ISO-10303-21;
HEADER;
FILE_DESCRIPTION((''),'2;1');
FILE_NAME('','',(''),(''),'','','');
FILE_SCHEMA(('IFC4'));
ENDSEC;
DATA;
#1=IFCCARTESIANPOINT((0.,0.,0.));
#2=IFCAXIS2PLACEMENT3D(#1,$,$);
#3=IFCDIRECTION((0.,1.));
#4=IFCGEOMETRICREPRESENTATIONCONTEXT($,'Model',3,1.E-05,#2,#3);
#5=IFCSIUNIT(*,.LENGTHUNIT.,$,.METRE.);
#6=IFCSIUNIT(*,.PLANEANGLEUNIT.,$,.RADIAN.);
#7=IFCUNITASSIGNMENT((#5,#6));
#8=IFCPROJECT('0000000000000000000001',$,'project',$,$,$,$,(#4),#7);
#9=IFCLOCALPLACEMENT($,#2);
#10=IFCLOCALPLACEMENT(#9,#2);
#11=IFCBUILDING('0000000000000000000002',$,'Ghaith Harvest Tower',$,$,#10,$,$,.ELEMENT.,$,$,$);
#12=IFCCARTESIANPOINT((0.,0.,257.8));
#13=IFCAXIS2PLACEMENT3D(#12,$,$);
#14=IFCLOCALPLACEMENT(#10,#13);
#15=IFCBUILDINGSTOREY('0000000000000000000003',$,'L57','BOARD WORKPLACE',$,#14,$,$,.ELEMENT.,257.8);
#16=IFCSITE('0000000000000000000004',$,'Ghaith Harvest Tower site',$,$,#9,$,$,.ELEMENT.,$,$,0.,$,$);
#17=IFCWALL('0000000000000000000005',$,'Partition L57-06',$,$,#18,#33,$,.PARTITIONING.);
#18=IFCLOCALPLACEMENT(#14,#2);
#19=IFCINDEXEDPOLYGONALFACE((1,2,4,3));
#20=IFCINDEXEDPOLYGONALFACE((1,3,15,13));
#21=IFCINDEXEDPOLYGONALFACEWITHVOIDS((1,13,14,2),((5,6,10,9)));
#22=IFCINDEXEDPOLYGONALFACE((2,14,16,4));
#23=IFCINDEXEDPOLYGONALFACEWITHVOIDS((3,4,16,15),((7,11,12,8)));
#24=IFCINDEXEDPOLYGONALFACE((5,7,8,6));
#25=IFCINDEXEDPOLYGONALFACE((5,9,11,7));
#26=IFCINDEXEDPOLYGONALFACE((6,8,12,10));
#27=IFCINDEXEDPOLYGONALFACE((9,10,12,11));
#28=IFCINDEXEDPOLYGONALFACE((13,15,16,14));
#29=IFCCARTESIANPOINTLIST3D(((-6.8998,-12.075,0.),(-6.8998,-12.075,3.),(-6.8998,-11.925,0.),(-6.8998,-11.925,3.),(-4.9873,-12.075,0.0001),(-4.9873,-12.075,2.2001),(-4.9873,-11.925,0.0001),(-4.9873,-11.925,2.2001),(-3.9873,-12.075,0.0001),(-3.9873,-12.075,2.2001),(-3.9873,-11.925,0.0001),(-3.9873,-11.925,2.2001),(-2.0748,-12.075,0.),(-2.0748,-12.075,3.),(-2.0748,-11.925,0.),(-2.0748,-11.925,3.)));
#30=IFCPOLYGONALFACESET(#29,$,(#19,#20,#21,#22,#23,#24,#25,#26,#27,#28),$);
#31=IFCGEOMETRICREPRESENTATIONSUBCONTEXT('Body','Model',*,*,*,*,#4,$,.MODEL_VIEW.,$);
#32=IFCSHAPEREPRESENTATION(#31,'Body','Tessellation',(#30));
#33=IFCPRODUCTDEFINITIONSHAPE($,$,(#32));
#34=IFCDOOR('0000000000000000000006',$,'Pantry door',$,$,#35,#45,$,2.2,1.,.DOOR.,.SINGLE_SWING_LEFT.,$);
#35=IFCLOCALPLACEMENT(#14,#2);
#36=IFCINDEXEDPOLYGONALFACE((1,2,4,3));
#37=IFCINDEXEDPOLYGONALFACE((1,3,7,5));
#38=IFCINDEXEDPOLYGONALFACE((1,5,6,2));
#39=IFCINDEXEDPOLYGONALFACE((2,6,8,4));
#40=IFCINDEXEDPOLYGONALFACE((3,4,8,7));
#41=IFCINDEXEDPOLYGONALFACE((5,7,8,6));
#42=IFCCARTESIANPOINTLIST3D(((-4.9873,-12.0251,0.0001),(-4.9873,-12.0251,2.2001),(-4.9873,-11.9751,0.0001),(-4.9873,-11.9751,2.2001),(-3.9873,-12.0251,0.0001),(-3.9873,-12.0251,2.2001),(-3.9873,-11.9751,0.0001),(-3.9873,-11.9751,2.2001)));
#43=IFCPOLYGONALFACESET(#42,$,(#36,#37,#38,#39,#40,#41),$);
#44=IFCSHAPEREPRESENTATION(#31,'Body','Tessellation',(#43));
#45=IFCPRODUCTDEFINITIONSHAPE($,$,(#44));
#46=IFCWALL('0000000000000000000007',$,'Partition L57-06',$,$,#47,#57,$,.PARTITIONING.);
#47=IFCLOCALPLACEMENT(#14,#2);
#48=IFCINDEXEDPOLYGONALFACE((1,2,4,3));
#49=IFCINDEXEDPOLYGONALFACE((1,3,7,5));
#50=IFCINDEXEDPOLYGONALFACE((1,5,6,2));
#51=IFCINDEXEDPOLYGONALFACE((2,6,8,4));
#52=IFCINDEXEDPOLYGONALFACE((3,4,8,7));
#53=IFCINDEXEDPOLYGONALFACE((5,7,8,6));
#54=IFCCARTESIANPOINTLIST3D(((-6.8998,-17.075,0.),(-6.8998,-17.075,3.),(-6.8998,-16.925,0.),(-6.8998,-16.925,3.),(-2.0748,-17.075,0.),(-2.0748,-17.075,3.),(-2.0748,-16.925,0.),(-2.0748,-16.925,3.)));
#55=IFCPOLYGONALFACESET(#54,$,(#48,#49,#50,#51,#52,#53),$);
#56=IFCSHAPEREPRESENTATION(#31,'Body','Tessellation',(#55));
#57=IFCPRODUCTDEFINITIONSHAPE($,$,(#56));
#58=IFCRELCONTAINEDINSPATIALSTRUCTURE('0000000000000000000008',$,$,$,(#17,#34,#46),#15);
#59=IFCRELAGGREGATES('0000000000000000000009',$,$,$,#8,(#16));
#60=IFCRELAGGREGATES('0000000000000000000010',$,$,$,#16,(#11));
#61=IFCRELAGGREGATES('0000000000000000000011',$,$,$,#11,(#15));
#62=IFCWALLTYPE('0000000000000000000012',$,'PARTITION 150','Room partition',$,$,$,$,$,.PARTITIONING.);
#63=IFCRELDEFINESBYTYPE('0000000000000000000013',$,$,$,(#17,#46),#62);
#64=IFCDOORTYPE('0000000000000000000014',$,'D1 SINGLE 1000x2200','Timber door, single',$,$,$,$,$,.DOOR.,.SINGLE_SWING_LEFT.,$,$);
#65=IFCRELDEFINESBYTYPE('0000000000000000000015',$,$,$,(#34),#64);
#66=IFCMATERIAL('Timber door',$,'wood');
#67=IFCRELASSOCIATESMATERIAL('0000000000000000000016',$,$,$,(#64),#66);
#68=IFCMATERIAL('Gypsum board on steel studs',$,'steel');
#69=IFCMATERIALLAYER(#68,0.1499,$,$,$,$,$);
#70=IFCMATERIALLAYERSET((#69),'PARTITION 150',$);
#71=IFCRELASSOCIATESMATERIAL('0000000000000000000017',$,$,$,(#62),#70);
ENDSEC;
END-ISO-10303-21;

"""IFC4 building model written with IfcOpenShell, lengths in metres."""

from ifc_helpers import new_model, si_unit, direction, frame, frame_2d, origin, place, context, subcontext, project, spatial, rectangle, extrude, material, layer, layer_set, type_object, element, fill, save


model = new_model("IFC4")

# Units and contexts
model_context = context("Model", 3, precision=1e-05, world=origin(), true_north=direction((0.0, 1.0)))
body_context = subcontext(model_context, "Body", "Model", "MODEL_VIEW")
ifc_project = project(units=[si_unit("LENGTHUNIT", "METRE"), si_unit("PLANEANGLEUNIT", "RADIAN")], contexts=[model_context])

# Site, building, storey
site_placement = place(None, origin())
site = spatial("IfcSite", under=ifc_project, at=site_placement, Name="Ghaith Harvest Tower site", CompositionType="ELEMENT", RefElevation=0.0)
building_placement = place(site_placement, origin())
building = spatial("IfcBuilding", under=site, at=building_placement, Name="Ghaith Harvest Tower", CompositionType="ELEMENT")
storey_placement = place(building_placement, frame((0.0, 0.0, 257.8)))
storey = spatial("IfcBuildingStorey", under=building, at=storey_placement, Name="L57", Description="BOARD WORKPLACE", CompositionType="ELEMENT", Elevation=257.8)

# Shared definitions
ifc_material_1 = material(Name="Timber door", Category="wood")
door_type = type_object("IfcDoorType", Name="D1 SINGLE 1000x2200", Description="Timber door, single", OperationType="SINGLE_SWING_LEFT", PredefinedType="DOOR", material=ifc_material_1)

# Shared definitions
ifc_material_2 = material(Name="Gypsum board on steel studs", Category="steel")
ifc_layer_1 = layer(ifc_material_2, 0.1499)
ifc_layer_set_1 = layer_set([ifc_layer_1], Name="PARTITION 150")
wall_type_1 = type_object("IfcWallType", Name="PARTITION 150", Description="Room partition", PredefinedType="PARTITIONING", material=ifc_layer_set_1)

# Wall, opening, door
wall_1_placement = place(storey_placement, frame((-6.8999, -12.0, 0.0), z_axis=(0.0, 0.0, 1.0), x_axis=(1.0, 0.0, 0.0)))
wall_1 = element("IfcWall", 1, at=wall_1_placement, inside=storey, type_object=wall_type_1, Name="Partition L57-06", PredefinedType="PARTITIONING", context=body_context, shape_type="SweptSolid", body=[
    extrude(rectangle(XDim=4.825, YDim=0.1499, at=frame_2d((2.4126, 0.0))), origin(), (0.0, 0.0, 1.0), 3.0),
])
opening_1_placement = place(wall_1_placement, frame((1.9126, 0.0, 0.0)))
opening_1 = element("IfcOpeningElement", 2, at=opening_1_placement, cuts=wall_1, PredefinedType="OPENING", context=body_context, shape_type="SweptSolid", body=[
    extrude(rectangle(XDim=1.0, YDim=2.2, at=frame_2d((0.5, 1.1001))), frame((0.0, 0.085, 0.0), z_axis=(0.0, -1.0, 0.0), x_axis=(1.0, 0.0, 0.0)), (0.0, 0.0, 1.0), 0.1699),
])
door_1_placement = place(opening_1_placement, origin())
door_1 = element("IfcDoor", 3, at=door_1_placement, inside=storey, type_object=door_type, Name="Pantry door", OperationType="SINGLE_SWING_LEFT", OverallHeight=2.2, OverallWidth=1.0, PredefinedType="DOOR", context=body_context, shape_type="SweptSolid", body=[
    extrude(rectangle(XDim=1.0, YDim=2.2, at=frame_2d((0.5, 1.1001))), frame((0.0, 0.0249, 0.0), z_axis=(0.0, -1.0, 0.0), x_axis=(1.0, 0.0, 0.0)), (0.0, 0.0, 1.0), 0.05),
])
fill(opening_1, door_1)

# Wall
wall_2_placement = place(storey_placement, frame((-6.8999, -17.0, 0.0), z_axis=(0.0, 0.0, 1.0), x_axis=(1.0, 0.0, 0.0)))
element("IfcWall", 4, at=wall_2_placement, inside=storey, type_object=wall_type_1, Name="Partition L57-06", PredefinedType="PARTITIONING", context=body_context, shape_type="SweptSolid", body=[
    extrude(rectangle(XDim=4.825, YDim=0.1499, at=frame_2d((2.4126, 0.0))), origin(), (0.0, 0.0, 1.0), 3.0),
])

save(model, "model.ifc")
